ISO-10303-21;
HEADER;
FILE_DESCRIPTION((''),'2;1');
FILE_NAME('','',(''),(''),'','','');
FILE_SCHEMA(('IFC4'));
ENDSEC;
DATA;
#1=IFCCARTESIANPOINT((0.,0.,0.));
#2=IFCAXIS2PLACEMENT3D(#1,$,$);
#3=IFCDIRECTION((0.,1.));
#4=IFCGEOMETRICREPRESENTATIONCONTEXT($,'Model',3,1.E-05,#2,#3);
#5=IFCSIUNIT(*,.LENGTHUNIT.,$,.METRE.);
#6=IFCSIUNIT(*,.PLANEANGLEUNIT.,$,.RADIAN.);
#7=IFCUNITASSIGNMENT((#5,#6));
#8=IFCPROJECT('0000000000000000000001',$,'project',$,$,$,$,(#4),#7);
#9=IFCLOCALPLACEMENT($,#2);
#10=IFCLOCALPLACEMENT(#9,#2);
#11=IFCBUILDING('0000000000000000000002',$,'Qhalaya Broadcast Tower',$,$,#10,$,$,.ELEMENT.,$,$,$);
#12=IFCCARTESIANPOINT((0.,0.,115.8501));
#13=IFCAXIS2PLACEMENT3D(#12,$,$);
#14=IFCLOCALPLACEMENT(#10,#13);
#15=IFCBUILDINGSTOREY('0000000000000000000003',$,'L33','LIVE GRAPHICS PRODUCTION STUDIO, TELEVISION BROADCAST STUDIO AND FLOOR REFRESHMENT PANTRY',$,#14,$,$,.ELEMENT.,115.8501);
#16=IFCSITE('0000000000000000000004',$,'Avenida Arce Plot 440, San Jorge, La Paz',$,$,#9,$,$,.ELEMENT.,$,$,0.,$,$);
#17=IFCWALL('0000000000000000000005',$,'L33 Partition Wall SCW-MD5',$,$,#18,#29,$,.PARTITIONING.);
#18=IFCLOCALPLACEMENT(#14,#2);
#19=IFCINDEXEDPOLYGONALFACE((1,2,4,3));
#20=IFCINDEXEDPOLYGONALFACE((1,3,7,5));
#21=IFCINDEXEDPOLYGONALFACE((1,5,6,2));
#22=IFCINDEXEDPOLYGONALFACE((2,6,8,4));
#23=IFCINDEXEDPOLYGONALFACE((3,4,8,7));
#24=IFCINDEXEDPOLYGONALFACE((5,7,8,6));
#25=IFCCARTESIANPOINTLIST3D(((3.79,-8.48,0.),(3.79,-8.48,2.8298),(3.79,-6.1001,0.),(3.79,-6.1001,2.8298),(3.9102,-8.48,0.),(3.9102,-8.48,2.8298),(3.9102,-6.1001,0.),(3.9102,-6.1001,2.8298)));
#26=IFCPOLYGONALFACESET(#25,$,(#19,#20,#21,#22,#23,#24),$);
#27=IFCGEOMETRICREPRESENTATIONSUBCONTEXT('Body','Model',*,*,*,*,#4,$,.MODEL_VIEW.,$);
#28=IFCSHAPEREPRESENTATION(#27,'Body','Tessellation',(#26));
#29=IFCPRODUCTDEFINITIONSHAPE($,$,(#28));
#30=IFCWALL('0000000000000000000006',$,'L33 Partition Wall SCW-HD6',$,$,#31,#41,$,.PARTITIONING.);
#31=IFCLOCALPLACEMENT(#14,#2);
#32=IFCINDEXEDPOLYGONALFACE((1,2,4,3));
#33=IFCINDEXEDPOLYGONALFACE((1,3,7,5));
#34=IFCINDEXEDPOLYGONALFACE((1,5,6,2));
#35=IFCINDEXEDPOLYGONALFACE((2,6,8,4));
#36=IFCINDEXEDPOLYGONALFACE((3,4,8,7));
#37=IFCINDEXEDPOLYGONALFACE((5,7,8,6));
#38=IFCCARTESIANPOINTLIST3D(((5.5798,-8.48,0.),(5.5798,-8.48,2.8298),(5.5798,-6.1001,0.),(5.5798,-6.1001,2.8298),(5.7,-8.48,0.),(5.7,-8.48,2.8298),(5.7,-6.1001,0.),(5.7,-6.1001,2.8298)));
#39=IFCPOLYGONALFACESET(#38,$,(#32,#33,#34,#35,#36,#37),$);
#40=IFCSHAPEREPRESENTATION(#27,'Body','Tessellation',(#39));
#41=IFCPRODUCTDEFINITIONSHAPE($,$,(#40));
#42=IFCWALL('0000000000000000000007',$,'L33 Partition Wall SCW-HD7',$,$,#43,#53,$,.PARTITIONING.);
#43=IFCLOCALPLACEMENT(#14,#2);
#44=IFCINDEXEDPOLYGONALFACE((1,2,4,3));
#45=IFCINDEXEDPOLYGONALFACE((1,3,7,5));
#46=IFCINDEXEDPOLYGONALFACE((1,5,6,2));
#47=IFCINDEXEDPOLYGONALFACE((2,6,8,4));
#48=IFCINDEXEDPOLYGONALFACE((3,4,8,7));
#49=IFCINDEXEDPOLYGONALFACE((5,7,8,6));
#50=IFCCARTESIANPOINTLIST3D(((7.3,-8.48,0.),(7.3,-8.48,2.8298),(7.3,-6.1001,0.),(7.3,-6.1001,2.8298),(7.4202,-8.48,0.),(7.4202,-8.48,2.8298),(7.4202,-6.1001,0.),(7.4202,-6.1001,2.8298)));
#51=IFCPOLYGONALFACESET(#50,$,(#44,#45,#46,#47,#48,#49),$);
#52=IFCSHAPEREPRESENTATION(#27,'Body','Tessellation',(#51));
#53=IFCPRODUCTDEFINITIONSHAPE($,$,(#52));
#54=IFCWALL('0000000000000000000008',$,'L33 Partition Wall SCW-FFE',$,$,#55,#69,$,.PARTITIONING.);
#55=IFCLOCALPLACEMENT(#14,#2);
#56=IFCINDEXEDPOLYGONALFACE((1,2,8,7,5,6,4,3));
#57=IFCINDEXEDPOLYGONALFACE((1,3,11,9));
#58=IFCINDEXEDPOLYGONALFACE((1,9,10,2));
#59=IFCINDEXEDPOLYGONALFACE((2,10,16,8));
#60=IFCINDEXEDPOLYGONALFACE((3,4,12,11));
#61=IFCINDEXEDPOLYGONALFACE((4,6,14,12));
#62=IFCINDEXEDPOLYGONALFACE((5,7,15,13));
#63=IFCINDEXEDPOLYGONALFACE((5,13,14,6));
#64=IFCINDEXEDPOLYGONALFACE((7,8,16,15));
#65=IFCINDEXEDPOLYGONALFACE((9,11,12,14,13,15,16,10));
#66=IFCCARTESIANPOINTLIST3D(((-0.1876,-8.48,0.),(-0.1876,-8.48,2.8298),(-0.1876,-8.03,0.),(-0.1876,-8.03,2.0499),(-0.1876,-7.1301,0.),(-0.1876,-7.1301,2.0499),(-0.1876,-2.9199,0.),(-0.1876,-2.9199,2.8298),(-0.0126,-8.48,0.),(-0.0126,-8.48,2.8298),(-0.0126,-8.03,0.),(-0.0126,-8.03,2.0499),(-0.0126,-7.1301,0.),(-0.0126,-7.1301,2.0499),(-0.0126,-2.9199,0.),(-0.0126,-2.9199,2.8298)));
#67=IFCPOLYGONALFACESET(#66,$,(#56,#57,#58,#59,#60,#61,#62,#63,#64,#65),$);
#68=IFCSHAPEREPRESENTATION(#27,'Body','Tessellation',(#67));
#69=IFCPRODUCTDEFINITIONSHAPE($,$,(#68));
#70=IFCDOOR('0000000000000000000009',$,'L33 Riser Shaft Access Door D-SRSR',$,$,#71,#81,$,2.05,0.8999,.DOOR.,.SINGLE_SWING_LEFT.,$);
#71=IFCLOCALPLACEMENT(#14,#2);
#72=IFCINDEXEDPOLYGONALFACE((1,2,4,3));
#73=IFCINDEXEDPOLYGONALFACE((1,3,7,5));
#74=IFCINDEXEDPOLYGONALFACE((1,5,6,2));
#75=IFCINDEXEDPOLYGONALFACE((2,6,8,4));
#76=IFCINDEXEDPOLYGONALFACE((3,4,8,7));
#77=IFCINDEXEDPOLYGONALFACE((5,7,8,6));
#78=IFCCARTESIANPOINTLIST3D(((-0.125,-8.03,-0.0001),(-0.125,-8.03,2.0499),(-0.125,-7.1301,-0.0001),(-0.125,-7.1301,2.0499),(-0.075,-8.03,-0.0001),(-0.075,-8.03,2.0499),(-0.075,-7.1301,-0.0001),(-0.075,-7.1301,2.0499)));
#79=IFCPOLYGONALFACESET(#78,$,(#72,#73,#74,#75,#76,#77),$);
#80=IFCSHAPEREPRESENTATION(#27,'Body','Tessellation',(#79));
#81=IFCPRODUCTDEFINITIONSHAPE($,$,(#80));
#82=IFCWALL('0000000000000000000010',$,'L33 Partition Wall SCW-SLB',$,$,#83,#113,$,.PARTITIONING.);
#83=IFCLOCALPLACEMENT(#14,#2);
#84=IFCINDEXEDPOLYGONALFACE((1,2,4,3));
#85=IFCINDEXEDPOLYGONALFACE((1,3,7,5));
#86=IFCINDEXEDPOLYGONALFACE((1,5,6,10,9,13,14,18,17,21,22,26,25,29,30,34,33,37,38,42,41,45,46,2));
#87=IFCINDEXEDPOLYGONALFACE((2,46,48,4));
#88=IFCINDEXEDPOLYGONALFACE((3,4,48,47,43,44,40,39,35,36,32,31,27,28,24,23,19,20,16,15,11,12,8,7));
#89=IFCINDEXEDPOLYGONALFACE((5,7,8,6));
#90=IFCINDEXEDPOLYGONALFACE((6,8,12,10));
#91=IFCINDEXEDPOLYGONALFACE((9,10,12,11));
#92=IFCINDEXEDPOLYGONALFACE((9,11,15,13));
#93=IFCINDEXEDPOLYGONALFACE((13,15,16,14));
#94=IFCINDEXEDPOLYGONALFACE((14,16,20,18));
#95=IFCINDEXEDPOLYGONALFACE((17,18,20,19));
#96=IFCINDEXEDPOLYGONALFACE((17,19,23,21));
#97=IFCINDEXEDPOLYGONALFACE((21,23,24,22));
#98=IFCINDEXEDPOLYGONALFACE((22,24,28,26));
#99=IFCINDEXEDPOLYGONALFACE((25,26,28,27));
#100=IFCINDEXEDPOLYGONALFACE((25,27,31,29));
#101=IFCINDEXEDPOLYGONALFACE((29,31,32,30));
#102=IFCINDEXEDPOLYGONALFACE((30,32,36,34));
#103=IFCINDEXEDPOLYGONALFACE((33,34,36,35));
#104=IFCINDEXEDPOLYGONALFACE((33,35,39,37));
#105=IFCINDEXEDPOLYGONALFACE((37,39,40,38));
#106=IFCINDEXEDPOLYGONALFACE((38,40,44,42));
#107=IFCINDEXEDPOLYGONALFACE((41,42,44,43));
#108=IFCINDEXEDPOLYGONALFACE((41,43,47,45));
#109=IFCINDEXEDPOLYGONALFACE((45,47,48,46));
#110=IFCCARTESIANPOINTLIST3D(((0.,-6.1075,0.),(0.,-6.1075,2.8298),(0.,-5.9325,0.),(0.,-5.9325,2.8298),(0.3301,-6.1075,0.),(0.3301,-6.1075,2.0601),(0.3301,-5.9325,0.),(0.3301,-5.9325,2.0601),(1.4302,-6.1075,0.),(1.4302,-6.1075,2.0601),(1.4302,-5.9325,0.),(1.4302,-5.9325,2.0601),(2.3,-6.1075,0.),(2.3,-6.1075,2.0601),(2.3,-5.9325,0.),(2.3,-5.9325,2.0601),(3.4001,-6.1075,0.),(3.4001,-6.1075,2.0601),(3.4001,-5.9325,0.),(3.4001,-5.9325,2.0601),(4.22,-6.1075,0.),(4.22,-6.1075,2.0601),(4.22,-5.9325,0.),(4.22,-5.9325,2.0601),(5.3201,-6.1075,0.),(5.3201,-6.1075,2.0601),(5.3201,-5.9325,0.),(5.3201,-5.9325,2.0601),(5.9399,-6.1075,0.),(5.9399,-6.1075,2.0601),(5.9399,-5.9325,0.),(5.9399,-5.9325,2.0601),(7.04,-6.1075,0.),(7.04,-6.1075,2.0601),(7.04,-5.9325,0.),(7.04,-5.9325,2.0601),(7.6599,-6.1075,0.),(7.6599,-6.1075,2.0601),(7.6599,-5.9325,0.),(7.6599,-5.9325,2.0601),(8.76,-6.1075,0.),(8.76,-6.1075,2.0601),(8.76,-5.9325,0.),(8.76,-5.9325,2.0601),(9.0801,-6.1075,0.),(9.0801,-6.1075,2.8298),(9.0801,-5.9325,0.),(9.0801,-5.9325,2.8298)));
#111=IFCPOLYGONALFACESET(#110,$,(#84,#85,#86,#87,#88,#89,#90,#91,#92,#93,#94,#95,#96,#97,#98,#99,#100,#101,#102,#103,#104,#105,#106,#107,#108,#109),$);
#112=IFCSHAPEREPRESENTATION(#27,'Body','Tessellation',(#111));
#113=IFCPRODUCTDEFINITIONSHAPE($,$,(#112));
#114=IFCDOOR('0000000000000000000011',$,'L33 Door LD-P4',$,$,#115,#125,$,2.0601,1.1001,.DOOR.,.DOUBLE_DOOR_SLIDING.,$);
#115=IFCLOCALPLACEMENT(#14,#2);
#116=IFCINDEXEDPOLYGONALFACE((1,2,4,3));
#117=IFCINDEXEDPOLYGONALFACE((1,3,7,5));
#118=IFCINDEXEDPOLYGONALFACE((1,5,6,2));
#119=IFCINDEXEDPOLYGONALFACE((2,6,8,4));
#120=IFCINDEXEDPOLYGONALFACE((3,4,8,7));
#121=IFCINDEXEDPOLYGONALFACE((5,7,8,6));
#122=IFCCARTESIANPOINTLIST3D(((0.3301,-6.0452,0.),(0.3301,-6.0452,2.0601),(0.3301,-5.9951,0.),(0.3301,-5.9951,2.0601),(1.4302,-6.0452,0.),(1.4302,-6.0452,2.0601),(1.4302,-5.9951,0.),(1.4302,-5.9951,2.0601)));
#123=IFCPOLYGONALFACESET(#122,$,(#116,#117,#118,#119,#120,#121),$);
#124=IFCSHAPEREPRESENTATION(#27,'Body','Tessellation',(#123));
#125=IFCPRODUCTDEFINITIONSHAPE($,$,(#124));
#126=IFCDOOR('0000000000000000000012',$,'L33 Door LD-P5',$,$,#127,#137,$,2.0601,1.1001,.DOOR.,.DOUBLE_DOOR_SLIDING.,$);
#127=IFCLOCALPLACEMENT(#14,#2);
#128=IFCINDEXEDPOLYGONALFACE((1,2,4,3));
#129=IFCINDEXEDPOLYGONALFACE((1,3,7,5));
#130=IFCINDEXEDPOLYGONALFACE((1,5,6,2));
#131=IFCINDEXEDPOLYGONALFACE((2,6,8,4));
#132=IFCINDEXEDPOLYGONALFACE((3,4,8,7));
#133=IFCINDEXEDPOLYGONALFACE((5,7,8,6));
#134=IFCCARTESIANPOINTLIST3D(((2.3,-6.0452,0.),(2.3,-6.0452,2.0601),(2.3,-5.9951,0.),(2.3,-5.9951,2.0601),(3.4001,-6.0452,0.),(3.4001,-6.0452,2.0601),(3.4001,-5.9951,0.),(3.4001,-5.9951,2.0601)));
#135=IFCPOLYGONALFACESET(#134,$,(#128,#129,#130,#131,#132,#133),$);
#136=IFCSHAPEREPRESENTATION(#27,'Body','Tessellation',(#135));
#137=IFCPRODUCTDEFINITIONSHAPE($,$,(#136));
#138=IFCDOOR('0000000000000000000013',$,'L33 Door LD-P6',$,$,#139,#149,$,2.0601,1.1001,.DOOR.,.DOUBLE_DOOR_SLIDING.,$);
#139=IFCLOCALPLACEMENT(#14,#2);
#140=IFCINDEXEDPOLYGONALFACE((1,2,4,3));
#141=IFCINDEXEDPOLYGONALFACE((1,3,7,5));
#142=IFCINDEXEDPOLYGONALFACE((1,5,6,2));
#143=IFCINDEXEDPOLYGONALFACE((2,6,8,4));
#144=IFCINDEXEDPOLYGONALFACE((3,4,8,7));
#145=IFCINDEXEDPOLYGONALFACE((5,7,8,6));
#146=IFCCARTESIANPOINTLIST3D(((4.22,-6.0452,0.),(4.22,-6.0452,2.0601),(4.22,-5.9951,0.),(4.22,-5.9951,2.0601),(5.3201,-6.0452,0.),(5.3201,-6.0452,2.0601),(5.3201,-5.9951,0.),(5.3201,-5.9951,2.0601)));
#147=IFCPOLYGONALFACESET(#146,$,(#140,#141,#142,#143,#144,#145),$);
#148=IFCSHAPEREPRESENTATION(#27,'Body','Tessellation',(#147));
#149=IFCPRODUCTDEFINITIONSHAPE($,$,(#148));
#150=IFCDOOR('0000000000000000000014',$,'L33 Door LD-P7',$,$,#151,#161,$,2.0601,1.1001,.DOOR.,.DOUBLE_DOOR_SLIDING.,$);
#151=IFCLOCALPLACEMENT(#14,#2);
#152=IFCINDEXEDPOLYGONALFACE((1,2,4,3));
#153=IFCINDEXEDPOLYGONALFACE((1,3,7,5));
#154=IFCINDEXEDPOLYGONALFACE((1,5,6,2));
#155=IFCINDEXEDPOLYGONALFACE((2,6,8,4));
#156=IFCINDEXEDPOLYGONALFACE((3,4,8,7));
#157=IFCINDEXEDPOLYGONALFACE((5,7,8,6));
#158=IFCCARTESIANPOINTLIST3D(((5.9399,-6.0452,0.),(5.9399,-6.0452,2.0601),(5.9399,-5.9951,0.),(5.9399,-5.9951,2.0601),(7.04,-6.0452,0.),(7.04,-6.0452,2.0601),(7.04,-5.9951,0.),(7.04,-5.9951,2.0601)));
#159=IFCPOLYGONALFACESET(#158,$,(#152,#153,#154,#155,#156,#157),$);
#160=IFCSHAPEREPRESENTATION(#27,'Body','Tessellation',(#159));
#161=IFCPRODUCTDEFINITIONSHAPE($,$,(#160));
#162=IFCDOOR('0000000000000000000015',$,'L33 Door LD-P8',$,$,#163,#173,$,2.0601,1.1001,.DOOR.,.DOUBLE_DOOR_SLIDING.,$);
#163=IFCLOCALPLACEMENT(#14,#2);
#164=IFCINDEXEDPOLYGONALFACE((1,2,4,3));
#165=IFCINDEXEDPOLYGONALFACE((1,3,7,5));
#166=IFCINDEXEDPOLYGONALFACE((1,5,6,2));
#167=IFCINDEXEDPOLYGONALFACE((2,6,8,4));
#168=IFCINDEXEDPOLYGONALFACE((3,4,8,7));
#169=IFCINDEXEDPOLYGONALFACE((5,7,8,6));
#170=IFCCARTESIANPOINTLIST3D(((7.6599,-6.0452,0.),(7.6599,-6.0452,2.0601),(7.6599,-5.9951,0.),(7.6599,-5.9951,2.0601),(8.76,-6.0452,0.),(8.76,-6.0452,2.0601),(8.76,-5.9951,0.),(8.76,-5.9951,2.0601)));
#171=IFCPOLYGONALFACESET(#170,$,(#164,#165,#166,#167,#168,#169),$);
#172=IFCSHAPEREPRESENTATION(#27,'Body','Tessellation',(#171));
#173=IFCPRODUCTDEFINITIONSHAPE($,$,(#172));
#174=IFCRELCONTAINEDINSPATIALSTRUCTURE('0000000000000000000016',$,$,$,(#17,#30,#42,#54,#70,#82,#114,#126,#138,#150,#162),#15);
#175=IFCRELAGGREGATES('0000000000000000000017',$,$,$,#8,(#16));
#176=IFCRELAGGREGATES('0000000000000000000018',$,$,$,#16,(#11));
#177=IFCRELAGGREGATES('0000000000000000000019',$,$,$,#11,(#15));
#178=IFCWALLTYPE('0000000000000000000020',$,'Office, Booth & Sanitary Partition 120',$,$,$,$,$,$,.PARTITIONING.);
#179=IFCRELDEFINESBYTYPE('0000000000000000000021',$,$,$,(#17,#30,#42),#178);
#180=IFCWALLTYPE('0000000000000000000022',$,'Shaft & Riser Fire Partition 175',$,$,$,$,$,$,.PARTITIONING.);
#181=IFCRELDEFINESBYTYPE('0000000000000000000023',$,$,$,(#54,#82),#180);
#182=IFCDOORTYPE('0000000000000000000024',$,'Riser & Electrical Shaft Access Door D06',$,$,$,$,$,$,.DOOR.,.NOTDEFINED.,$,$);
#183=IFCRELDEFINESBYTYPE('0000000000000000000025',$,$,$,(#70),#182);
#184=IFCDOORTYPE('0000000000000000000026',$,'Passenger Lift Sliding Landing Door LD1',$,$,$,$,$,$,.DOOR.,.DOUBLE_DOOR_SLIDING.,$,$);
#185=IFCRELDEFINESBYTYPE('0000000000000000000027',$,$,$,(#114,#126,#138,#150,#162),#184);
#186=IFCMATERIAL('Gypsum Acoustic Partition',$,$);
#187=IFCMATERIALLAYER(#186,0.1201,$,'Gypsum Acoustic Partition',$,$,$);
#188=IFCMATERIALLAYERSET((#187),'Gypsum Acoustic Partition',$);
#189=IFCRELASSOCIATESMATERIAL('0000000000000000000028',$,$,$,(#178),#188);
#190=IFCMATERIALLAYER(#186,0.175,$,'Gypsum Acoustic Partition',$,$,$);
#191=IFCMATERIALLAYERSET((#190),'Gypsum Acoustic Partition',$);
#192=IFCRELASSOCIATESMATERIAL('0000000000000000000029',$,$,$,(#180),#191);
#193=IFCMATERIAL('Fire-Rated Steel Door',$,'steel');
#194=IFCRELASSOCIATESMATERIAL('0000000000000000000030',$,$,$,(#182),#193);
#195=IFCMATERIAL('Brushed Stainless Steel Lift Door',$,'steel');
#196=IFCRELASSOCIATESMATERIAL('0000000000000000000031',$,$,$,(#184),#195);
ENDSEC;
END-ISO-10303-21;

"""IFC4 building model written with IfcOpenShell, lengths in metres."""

from ifc_helpers import new_model, si_unit, direction, frame, frame_2d, origin, place, context, subcontext, project, spatial, rectangle, extrude, material, layer, layer_set, type_object, element, fill, save


model = new_model("IFC4")

# Units and contexts
model_context = context("Model", 3, precision=1e-05, world=origin(), true_north=direction((0.0, 1.0)))
body_context = subcontext(model_context, "Body", "Model", "MODEL_VIEW")
ifc_project = project(units=[si_unit("LENGTHUNIT", "METRE"), si_unit("PLANEANGLEUNIT", "RADIAN")], contexts=[model_context])

# Site, building, storey
site_placement = place(None, origin())
site = spatial("IfcSite", under=ifc_project, at=site_placement, Name="Avenida Arce Plot 440, San Jorge, La Paz", CompositionType="ELEMENT", RefElevation=0.0)
building_placement = place(site_placement, origin())
building = spatial("IfcBuilding", under=site, at=building_placement, Name="Qhalaya Broadcast Tower", CompositionType="ELEMENT")
storey_placement = place(building_placement, frame((0.0, 0.0, 115.8501)))
storey = spatial("IfcBuildingStorey", under=building, at=storey_placement, Name="L33", Description="LIVE GRAPHICS PRODUCTION STUDIO, TELEVISION BROADCAST STUDIO AND FLOOR REFRESHMENT PANTRY", CompositionType="ELEMENT", Elevation=115.8501)

# Walls
ifc_material_1 = material(Name="Gypsum Acoustic Partition")
ifc_layer_1 = layer(ifc_material_1, 0.1201, Name="Gypsum Acoustic Partition")
ifc_layer_set_1 = layer_set([ifc_layer_1], Name="Gypsum Acoustic Partition")
wall_type_1 = type_object("IfcWallType", Name="Office, Booth & Sanitary Partition 120", PredefinedType="PARTITIONING", material=ifc_layer_set_1)
for number, where, z_axis, x_axis, name in (
    (1, (3.8501, -8.48, 0.0), (0.0, 0.0, 1.0), (0.0, 1.0, 0.0), "L33 Partition Wall SCW-MD5"),
    (2, (5.6399, -8.48, 0.0), (0.0, 0.0, 1.0), (0.0, 1.0, 0.0), "L33 Partition Wall SCW-HD6"),
    (3, (7.3601, -8.48, 0.0), (0.0, 0.0, 1.0), (0.0, 1.0, 0.0), "L33 Partition Wall SCW-HD7"),
):
    element("IfcWall", number, at=place(storey_placement, frame(where, z_axis=z_axis, x_axis=x_axis)), inside=storey, type_object=wall_type_1, Name=name, PredefinedType="PARTITIONING", context=body_context, shape_type="SweptSolid", body=[
        extrude(rectangle(XDim=2.3799, YDim=0.1201, at=frame_2d((1.1899, 0.0))), origin(), (0.0, 0.0, 1.0), 2.8298),
    ])

# Wall, opening, door
ifc_layer_2 = layer(ifc_material_1, 0.175, Name="Gypsum Acoustic Partition")
ifc_layer_set_2 = layer_set([ifc_layer_2], Name="Gypsum Acoustic Partition")
wall_type_2 = type_object("IfcWallType", Name="Shaft & Riser Fire Partition 175", PredefinedType="PARTITIONING", material=ifc_layer_set_2)
wall_1_placement = place(storey_placement, frame((-0.1001, -8.48, 0.0), z_axis=(0.0, 0.0, 1.0), x_axis=(0.0, 1.0, 0.0)))
wall_1 = element("IfcWall", 4, at=wall_1_placement, inside=storey, type_object=wall_type_2, Name="L33 Partition Wall SCW-FFE", PredefinedType="PARTITIONING", context=body_context, shape_type="SweptSolid", body=[
    extrude(rectangle(XDim=5.5601, YDim=0.175, at=frame_2d((2.78, 0.0))), origin(), (0.0, 0.0, 1.0), 2.8298),
])
opening_1_placement = place(wall_1_placement, frame((0.45, 0.0, 0.0)))
opening_1 = element("IfcOpeningElement", 5, at=opening_1_placement, cuts=wall_1, PredefinedType="OPENING", context=body_context, shape_type="SweptSolid", body=[
    extrude(rectangle(XDim=0.8999, YDim=2.05, at=frame_2d((0.45, 1.0249))), frame((0.0, 0.0996, 0.0), z_axis=(0.0, -1.0, 0.0), x_axis=(1.0, 0.0, 0.0)), (0.0, 0.0, 1.0), 0.199),
])
ifc_material_2 = material(Name="Fire-Rated Steel Door", Category="steel")
door_type_1 = type_object("IfcDoorType", Name="Riser & Electrical Shaft Access Door D06", OperationType="NOTDEFINED", PredefinedType="DOOR", material=ifc_material_2)
door_1_placement = place(opening_1_placement, origin())
door_1 = element("IfcDoor", 6, at=door_1_placement, inside=storey, type_object=door_type_1, Name="L33 Riser Shaft Access Door D-SRSR", OperationType="SINGLE_SWING_LEFT", OverallHeight=2.05, OverallWidth=0.8999, PredefinedType="DOOR", context=body_context, shape_type="SweptSolid", body=[
    extrude(rectangle(XDim=0.8999, YDim=2.05, at=frame_2d((0.45, 1.0249))), frame((0.0, 0.0249, 0.0), z_axis=(0.0, -1.0, 0.0), x_axis=(1.0, 0.0, 0.0)), (0.0, 0.0, 1.0), 0.05),
])
fill(opening_1, door_1)

# Wall, openings, doors
wall_2_placement = place(storey_placement, frame((0.0, -6.02, 0.0), z_axis=(0.0, 0.0, 1.0), x_axis=(1.0, 0.0, 0.0)))
wall_2 = element("IfcWall", 7, at=wall_2_placement, inside=storey, type_object=wall_type_2, Name="L33 Partition Wall SCW-SLB", PredefinedType="PARTITIONING", context=body_context, shape_type="SweptSolid", body=[
    extrude(rectangle(XDim=9.0801, YDim=0.175, at=frame_2d((4.54, 0.0))), origin(), (0.0, 0.0, 1.0), 2.8298),
])
opening_2_placement = place(wall_2_placement, frame((0.3301, 0.0, 0.0)))
opening_2 = element("IfcOpeningElement", 8, at=opening_2_placement, cuts=wall_2, PredefinedType="OPENING", context=body_context, shape_type="SweptSolid", body=[
    extrude(rectangle(XDim=1.1001, YDim=2.0601, at=frame_2d((0.55, 1.03))), frame((0.0, 0.0996, 0.0), z_axis=(0.0, -1.0, 0.0), x_axis=(1.0, 0.0, 0.0)), (0.0, 0.0, 1.0), 0.199),
])
opening_3_placement = place(wall_2_placement, frame((2.3, 0.0, 0.0)))
opening_3 = element("IfcOpeningElement", 9, at=opening_3_placement, cuts=wall_2, PredefinedType="OPENING", context=body_context, shape_type="SweptSolid", body=[
    extrude(rectangle(XDim=1.1001, YDim=2.0601, at=frame_2d((0.55, 1.03))), frame((0.0, 0.0996, 0.0), z_axis=(0.0, -1.0, 0.0), x_axis=(1.0, 0.0, 0.0)), (0.0, 0.0, 1.0), 0.199),
])
opening_4_placement = place(wall_2_placement, frame((4.22, 0.0, 0.0)))
opening_4 = element("IfcOpeningElement", 10, at=opening_4_placement, cuts=wall_2, PredefinedType="OPENING", context=body_context, shape_type="SweptSolid", body=[
    extrude(rectangle(XDim=1.1001, YDim=2.0601, at=frame_2d((0.55, 1.03))), frame((0.0, 0.0996, 0.0), z_axis=(0.0, -1.0, 0.0), x_axis=(1.0, 0.0, 0.0)), (0.0, 0.0, 1.0), 0.199),
])
opening_5_placement = place(wall_2_placement, frame((5.9399, 0.0, 0.0)))
opening_5 = element("IfcOpeningElement", 11, at=opening_5_placement, cuts=wall_2, PredefinedType="OPENING", context=body_context, shape_type="SweptSolid", body=[
    extrude(rectangle(XDim=1.1001, YDim=2.0601, at=frame_2d((0.55, 1.03))), frame((0.0, 0.0996, 0.0), z_axis=(0.0, -1.0, 0.0), x_axis=(1.0, 0.0, 0.0)), (0.0, 0.0, 1.0), 0.199),
])
opening_6_placement = place(wall_2_placement, frame((7.6599, 0.0, 0.0)))
opening_6 = element("IfcOpeningElement", 12, at=opening_6_placement, cuts=wall_2, PredefinedType="OPENING", context=body_context, shape_type="SweptSolid", body=[
    extrude(rectangle(XDim=1.1001, YDim=2.0601, at=frame_2d((0.55, 1.03))), frame((0.0, 0.0996, 0.0), z_axis=(0.0, -1.0, 0.0), x_axis=(1.0, 0.0, 0.0)), (0.0, 0.0, 1.0), 0.199),
])
ifc_material_3 = material(Name="Brushed Stainless Steel Lift Door", Category="steel")
door_type_2 = type_object("IfcDoorType", Name="Passenger Lift Sliding Landing Door LD1", OperationType="DOUBLE_DOOR_SLIDING", PredefinedType="DOOR", material=ifc_material_3)
door_2_placement = place(opening_2_placement, origin())
door_2 = element("IfcDoor", 13, at=door_2_placement, inside=storey, type_object=door_type_2, Name="L33 Door LD-P4", OperationType="DOUBLE_DOOR_SLIDING", OverallHeight=2.0601, OverallWidth=1.1001, PredefinedType="DOOR", context=body_context, shape_type="SweptSolid", body=[
    extrude(rectangle(XDim=1.1001, YDim=2.0601, at=frame_2d((0.55, 1.03))), frame((0.0, 0.0249, 0.0), z_axis=(0.0, -1.0, 0.0), x_axis=(1.0, 0.0, 0.0)), (0.0, 0.0, 1.0), 0.05),
])
fill(opening_2, door_2)
door_3_placement = place(opening_3_placement, origin())
door_3 = element("IfcDoor", 14, at=door_3_placement, inside=storey, type_object=door_type_2, Name="L33 Door LD-P5", OperationType="DOUBLE_DOOR_SLIDING", OverallHeight=2.0601, OverallWidth=1.1001, PredefinedType="DOOR", context=body_context, shape_type="SweptSolid", body=[
    extrude(rectangle(XDim=1.1001, YDim=2.0601, at=frame_2d((0.55, 1.03))), frame((0.0, 0.0249, 0.0), z_axis=(0.0, -1.0, 0.0), x_axis=(1.0, 0.0, 0.0)), (0.0, 0.0, 1.0), 0.05),
])
fill(opening_3, door_3)
door_4_placement = place(opening_4_placement, origin())
door_4 = element("IfcDoor", 15, at=door_4_placement, inside=storey, type_object=door_type_2, Name="L33 Door LD-P6", OperationType="DOUBLE_DOOR_SLIDING", OverallHeight=2.0601, OverallWidth=1.1001, PredefinedType="DOOR", context=body_context, shape_type="SweptSolid", body=[
    extrude(rectangle(XDim=1.1001, YDim=2.0601, at=frame_2d((0.55, 1.03))), frame((0.0, 0.0249, 0.0), z_axis=(0.0, -1.0, 0.0), x_axis=(1.0, 0.0, 0.0)), (0.0, 0.0, 1.0), 0.05),
])
fill(opening_4, door_4)
door_5_placement = place(opening_5_placement, origin())
door_5 = element("IfcDoor", 16, at=door_5_placement, inside=storey, type_object=door_type_2, Name="L33 Door LD-P7", OperationType="DOUBLE_DOOR_SLIDING", OverallHeight=2.0601, OverallWidth=1.1001, PredefinedType="DOOR", context=body_context, shape_type="SweptSolid", body=[
    extrude(rectangle(XDim=1.1001, YDim=2.0601, at=frame_2d((0.55, 1.03))), frame((0.0, 0.0249, 0.0), z_axis=(0.0, -1.0, 0.0), x_axis=(1.0, 0.0, 0.0)), (0.0, 0.0, 1.0), 0.05),
])
fill(opening_5, door_5)
door_6_placement = place(opening_6_placement, origin())
door_6 = element("IfcDoor", 17, at=door_6_placement, inside=storey, type_object=door_type_2, Name="L33 Door LD-P8", OperationType="DOUBLE_DOOR_SLIDING", OverallHeight=2.0601, OverallWidth=1.1001, PredefinedType="DOOR", context=body_context, shape_type="SweptSolid", body=[
    extrude(rectangle(XDim=1.1001, YDim=2.0601, at=frame_2d((0.55, 1.03))), frame((0.0, 0.0249, 0.0), z_axis=(0.0, -1.0, 0.0), x_axis=(1.0, 0.0, 0.0)), (0.0, 0.0, 1.0), 0.05),
])
fill(opening_6, door_6)

save(model, "model.ifc")
